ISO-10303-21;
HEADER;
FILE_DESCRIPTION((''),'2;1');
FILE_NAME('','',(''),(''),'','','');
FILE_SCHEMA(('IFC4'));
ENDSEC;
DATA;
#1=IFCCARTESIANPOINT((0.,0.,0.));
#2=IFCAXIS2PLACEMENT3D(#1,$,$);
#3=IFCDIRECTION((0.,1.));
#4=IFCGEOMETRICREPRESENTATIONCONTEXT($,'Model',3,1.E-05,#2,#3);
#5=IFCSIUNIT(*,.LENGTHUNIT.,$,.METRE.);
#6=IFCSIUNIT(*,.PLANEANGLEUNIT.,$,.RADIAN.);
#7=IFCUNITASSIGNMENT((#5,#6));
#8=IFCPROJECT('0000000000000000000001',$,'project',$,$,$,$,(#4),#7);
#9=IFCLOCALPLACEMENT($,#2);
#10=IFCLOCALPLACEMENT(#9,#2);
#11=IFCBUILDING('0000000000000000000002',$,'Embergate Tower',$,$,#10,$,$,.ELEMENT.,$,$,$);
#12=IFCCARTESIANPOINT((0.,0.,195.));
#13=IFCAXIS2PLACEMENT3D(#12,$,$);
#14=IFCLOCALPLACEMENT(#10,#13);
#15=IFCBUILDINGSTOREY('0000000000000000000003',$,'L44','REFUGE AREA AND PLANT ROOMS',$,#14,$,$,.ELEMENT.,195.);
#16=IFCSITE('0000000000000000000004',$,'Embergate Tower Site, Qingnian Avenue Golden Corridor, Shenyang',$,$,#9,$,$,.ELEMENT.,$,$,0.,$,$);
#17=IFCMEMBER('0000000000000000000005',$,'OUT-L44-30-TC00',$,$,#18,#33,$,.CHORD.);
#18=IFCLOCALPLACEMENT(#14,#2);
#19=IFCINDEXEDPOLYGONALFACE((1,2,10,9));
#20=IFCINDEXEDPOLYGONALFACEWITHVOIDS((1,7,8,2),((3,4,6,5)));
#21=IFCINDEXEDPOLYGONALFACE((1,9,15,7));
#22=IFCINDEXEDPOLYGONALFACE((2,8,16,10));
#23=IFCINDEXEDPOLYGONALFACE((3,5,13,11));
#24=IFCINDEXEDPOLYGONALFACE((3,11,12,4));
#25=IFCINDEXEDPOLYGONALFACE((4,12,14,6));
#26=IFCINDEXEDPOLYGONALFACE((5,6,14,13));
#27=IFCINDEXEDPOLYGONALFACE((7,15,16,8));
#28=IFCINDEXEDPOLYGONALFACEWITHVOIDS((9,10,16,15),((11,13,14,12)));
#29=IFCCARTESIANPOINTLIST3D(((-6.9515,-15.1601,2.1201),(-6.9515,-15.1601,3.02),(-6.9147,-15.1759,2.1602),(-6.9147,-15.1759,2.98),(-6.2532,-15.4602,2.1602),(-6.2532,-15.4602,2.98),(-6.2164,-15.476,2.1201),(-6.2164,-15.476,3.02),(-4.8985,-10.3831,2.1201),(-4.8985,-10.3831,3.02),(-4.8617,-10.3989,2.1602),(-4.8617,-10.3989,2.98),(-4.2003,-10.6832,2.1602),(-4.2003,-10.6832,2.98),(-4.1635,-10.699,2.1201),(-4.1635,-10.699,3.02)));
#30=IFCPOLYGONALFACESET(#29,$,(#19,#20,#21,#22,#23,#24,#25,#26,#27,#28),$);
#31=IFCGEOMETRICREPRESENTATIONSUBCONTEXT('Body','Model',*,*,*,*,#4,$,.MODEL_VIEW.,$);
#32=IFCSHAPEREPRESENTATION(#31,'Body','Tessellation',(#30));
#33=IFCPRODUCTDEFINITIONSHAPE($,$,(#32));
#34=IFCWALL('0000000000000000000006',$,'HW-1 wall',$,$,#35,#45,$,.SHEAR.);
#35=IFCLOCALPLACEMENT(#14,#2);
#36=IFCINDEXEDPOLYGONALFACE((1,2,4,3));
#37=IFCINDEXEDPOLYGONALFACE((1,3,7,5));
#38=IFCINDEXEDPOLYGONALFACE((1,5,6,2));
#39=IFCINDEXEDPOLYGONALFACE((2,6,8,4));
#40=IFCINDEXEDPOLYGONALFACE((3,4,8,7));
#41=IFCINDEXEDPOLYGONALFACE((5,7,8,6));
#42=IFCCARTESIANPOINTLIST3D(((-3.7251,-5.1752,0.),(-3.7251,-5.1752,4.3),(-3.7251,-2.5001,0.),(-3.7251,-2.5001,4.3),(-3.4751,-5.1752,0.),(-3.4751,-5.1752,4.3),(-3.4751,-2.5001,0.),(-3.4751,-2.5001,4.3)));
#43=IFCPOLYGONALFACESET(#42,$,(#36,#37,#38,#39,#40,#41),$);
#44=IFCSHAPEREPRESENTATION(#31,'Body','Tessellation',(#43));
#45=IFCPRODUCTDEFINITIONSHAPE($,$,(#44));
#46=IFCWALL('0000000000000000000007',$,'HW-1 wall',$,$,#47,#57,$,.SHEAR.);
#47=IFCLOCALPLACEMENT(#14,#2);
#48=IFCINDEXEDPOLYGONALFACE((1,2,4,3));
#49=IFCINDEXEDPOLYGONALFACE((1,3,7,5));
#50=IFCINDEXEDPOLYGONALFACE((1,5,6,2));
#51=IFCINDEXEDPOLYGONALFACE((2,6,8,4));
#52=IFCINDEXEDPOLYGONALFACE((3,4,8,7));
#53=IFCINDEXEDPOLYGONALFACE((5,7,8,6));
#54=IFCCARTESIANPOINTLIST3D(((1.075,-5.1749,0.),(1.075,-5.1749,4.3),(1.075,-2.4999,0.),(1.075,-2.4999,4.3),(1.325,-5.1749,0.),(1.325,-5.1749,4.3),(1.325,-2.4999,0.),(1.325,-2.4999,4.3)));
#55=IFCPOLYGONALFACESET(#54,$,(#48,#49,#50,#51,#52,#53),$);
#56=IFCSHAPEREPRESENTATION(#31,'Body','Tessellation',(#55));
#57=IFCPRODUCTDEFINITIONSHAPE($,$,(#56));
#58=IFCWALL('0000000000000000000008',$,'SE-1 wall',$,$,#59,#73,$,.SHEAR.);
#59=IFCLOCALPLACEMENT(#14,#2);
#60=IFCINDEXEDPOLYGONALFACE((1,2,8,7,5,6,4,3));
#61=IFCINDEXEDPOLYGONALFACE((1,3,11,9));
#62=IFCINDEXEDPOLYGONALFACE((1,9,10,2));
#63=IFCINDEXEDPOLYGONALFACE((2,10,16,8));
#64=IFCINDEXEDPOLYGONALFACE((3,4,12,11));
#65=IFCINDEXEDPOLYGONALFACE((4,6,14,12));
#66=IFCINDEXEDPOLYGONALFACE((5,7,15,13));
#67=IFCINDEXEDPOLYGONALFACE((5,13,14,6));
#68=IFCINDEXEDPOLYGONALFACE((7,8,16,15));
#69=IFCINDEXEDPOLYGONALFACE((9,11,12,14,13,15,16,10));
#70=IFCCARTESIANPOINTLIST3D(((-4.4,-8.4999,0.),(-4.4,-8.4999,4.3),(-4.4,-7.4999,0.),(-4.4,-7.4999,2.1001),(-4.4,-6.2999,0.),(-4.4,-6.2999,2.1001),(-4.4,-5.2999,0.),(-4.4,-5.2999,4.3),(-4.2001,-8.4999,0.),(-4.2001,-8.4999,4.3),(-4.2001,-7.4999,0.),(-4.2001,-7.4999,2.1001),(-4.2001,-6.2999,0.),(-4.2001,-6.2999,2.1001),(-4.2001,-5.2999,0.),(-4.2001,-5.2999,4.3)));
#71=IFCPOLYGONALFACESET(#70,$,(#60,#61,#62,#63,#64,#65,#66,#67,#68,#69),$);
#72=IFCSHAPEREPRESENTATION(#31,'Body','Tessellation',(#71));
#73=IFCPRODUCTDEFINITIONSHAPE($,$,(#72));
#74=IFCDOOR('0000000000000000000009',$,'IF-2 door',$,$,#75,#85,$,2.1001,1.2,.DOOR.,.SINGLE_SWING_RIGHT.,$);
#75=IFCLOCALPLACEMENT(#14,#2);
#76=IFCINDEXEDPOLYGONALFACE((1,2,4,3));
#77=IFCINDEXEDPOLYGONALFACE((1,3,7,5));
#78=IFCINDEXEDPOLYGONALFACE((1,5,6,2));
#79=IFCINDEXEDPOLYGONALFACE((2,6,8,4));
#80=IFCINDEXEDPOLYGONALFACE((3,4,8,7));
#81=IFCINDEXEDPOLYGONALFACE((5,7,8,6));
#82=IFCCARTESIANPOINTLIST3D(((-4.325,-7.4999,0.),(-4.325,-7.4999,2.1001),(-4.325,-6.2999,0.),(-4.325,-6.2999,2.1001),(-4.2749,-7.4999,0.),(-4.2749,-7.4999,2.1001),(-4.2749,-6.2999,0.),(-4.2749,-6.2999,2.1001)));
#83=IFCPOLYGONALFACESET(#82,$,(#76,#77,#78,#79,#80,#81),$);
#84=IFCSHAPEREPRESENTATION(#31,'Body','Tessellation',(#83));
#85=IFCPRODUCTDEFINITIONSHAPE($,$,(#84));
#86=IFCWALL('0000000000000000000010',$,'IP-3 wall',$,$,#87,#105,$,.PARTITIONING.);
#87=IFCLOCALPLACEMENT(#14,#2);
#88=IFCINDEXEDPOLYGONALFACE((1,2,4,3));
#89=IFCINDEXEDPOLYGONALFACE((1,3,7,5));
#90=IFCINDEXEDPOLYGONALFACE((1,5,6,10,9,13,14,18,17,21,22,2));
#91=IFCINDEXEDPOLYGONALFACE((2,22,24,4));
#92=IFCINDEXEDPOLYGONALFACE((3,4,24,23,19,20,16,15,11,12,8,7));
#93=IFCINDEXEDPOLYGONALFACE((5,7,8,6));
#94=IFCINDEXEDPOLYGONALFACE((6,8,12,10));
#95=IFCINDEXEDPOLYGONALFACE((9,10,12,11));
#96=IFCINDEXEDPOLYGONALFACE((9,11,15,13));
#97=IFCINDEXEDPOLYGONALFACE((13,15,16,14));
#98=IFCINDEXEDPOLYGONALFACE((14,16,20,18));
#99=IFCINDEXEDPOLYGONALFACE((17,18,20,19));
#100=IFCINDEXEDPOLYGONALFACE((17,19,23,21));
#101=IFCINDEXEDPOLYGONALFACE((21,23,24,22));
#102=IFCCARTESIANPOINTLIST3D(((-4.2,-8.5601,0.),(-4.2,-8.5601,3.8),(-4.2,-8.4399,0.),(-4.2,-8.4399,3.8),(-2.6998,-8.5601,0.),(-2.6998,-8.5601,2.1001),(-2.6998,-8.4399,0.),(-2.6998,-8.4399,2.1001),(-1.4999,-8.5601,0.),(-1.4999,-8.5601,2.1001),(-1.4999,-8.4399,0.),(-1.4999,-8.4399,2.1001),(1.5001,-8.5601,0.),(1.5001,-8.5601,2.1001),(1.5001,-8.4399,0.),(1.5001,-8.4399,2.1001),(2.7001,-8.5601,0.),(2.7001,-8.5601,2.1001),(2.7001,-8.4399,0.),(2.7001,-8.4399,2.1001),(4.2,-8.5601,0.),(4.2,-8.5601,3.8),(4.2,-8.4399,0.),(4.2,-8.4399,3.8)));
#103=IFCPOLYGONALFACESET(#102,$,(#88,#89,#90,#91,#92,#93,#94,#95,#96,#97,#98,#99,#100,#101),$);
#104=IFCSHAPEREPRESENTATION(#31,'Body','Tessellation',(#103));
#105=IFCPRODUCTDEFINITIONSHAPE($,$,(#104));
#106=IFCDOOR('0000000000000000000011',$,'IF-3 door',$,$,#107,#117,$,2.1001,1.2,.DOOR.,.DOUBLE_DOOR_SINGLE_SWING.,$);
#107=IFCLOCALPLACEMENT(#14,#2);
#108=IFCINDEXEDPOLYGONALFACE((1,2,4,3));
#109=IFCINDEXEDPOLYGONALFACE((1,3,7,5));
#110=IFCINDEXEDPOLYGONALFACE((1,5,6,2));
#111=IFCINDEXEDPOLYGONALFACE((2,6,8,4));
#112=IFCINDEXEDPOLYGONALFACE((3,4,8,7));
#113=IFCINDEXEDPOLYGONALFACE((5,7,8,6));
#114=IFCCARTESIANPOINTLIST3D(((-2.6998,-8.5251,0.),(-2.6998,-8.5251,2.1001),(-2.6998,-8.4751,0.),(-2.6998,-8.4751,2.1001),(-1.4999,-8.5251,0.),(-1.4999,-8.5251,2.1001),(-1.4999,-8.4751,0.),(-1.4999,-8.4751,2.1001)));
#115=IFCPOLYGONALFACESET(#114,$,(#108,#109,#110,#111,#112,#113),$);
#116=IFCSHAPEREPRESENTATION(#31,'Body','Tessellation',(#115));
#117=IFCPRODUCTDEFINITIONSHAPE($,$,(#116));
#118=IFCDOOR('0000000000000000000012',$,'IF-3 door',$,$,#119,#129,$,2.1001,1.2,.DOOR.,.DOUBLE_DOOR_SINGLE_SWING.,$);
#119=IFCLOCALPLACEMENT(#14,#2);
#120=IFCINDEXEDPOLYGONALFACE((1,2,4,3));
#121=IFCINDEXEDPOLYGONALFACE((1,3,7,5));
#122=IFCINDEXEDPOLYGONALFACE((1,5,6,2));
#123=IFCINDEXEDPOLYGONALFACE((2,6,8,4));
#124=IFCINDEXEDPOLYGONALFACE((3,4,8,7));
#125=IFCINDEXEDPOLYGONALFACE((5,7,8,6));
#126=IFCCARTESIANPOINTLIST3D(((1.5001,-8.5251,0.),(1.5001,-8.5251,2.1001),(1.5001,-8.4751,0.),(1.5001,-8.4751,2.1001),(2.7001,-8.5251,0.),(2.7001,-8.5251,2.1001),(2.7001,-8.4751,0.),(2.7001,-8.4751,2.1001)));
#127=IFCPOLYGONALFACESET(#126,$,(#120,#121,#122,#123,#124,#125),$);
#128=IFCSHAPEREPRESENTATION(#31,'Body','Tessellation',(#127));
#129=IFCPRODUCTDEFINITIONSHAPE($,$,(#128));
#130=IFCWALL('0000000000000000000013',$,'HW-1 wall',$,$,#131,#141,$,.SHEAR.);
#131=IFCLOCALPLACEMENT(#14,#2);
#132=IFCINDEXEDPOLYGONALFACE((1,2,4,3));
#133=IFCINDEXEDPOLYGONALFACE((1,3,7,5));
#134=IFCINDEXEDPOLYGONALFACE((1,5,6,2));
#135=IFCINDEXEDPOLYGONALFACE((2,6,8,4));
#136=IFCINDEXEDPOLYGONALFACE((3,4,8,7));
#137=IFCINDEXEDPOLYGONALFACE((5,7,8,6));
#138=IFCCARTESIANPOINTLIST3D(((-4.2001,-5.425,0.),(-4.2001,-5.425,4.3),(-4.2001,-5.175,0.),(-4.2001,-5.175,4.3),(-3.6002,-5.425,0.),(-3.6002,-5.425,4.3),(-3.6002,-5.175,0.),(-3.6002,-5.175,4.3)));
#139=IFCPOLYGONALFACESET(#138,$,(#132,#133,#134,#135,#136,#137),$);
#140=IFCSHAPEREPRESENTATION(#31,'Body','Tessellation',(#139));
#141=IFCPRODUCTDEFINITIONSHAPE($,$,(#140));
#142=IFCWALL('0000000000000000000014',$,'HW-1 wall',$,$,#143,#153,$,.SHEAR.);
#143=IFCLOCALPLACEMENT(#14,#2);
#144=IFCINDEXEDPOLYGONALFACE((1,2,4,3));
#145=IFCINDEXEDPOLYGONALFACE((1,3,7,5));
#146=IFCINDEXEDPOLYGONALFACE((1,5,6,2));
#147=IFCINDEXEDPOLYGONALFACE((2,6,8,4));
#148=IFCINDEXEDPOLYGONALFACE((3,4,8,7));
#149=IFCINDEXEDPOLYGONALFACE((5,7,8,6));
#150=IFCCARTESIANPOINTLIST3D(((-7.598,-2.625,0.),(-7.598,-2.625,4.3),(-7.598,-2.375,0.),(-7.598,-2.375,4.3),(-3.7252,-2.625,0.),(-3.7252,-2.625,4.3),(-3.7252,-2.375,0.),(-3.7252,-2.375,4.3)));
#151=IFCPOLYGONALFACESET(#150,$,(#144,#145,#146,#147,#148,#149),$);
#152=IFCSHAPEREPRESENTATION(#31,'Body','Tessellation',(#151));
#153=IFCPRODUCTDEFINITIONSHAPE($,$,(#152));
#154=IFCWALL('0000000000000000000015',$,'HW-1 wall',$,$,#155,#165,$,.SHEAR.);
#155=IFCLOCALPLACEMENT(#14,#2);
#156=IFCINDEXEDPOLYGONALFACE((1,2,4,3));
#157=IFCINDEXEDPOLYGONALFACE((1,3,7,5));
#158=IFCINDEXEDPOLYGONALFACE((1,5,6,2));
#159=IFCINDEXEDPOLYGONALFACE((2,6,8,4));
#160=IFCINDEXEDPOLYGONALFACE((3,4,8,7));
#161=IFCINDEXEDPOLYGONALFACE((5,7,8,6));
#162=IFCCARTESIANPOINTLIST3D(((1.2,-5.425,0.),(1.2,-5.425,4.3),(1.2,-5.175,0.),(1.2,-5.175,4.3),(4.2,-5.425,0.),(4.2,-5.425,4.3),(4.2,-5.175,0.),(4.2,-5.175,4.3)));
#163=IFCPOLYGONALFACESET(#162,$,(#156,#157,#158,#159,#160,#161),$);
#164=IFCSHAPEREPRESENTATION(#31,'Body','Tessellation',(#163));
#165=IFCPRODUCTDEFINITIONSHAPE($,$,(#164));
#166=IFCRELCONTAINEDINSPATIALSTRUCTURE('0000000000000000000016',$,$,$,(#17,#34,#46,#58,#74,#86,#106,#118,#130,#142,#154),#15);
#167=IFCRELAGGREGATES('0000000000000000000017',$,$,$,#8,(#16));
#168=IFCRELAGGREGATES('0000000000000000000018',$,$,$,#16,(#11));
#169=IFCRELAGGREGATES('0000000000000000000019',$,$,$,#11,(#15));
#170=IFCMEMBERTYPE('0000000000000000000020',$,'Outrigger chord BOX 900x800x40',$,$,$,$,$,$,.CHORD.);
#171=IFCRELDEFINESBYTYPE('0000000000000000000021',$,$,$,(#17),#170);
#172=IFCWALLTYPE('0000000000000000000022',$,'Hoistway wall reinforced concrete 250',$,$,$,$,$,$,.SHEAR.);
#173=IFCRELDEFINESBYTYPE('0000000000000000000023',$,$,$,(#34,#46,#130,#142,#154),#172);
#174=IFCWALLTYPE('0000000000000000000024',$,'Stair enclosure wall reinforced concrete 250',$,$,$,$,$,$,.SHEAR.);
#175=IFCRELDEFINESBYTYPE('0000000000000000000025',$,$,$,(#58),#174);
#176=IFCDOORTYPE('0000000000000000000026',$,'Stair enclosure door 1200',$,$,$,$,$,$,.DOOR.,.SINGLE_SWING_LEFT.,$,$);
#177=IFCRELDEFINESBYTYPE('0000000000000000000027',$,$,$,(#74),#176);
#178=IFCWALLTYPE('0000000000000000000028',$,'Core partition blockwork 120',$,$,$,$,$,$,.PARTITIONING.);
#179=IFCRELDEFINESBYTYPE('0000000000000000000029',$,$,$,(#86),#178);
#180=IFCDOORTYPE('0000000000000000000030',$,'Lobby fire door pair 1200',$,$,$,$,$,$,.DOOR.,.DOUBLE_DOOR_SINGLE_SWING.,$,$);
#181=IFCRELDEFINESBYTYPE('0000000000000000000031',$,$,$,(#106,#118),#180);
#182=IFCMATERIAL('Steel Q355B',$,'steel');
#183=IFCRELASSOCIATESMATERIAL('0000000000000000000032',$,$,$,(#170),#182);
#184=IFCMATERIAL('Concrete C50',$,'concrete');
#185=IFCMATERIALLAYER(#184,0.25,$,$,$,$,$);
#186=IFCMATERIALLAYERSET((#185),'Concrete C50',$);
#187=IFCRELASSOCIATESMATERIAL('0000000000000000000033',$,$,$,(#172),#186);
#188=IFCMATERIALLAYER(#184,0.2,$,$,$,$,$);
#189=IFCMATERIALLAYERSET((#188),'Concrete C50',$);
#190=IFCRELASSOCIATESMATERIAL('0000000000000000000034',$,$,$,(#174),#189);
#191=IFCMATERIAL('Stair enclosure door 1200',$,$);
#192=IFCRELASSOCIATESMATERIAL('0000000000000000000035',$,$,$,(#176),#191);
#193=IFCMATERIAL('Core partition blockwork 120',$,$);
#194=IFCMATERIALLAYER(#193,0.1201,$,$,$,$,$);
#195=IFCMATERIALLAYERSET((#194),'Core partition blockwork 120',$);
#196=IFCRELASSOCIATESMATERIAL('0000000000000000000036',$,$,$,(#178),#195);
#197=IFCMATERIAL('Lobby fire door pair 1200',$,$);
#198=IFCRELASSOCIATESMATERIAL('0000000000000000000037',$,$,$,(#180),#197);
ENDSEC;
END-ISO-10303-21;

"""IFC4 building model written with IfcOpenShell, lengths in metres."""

from ifc_helpers import new_model, si_unit, direction, frame, frame_2d, origin, origin_2d, place, context, subcontext, project, spatial, rectangle, hollow_rectangle, extrude, source, transform, mapped, material, layer, layer_set, material_profile, profile_set, type_object, element, fill, save


model = new_model("IFC4")

# Units and contexts
model_context = context("Model", 3, precision=1e-05, world=origin(), true_north=direction((0.0, 1.0)))
body_context = subcontext(model_context, "Body", "Model", "MODEL_VIEW")
ifc_project = project(units=[si_unit("LENGTHUNIT", "METRE"), si_unit("PLANEANGLEUNIT", "RADIAN")], contexts=[model_context])

# Site, building, storey
site_placement = place(None, origin())
site = spatial("IfcSite", under=ifc_project, at=site_placement, Name="Embergate Tower Site, Qingnian Avenue Golden Corridor, Shenyang", CompositionType="ELEMENT", RefElevation=0.0)
building_placement = place(site_placement, origin())
building = spatial("IfcBuilding", under=site, at=building_placement, Name="Embergate Tower", CompositionType="ELEMENT")
storey_placement = place(building_placement, frame((0.0, 0.0, 195.0)))
storey = spatial("IfcBuildingStorey", under=building, at=storey_placement, Name="L44", Description="REFUGE AREA AND PLANT ROOMS", CompositionType="ELEMENT", Elevation=195.0)

# Member
ifc_material_1 = material(Name="Steel Q355B", Category="steel")
ifc_material_profile = material_profile(ifc_material_1, hollow_rectangle(XDim=0.8, YDim=0.8999, WallThickness=0.04, at=origin_2d()), Name="BOX 900x800x40")
ifc_profile_set = profile_set([ifc_material_profile], Name="Steel Q355 grade B")
member_type = type_object("IfcMemberType", Name="Outrigger chord BOX 900x800x40", PredefinedType="CHORD", material=ifc_profile_set)
shared_shape_1 = source(origin(), body_context, "Body", "SweptSolid", [
    extrude(hollow_rectangle(XDim=0.8, YDim=0.8999, WallThickness=0.04, at=origin_2d()), origin(), (0.0, 0.0, 1.0), 5.1995),
])
member_placement = place(storey_placement, frame((-4.531, -10.541, 2.5701), z_axis=(-0.394837, -0.918751, 0.0), x_axis=(0.918751, -0.394837, 0.0)))
element("IfcMember", 1, at=member_placement, inside=storey, type_object=member_type, Name="OUT-L44-30-TC00", PredefinedType="CHORD", context=body_context, shape_type="MappedRepresentation", body=[
    mapped(shared_shape_1, transform((0.0, 0.0, 0.0))),
])

# Walls
ifc_material_2 = material(Name="Concrete C50", Category="concrete")
ifc_layer_1 = layer(ifc_material_2, 0.25)
ifc_layer_set_1 = layer_set([ifc_layer_1], Name="Concrete C50")
wall_type_1 = type_object("IfcWallType", Name="Hoistway wall reinforced concrete 250", PredefinedType="SHEAR", material=ifc_layer_set_1)
shared_shape_2 = source(origin(), body_context, "Body", "SweptSolid", [
    extrude(rectangle(XDim=2.675, YDim=0.25, at=frame_2d((1.3374, 0.0))), origin(), (0.0, 0.0, 1.0), 4.3),
])
for number, where, z_axis, x_axis, name in (
    (2, (-3.6001, -5.175, 0.0), (0.0, 0.0, 1.0), (0.0, 1.0, 0.0), "HW-1 wall"),
    (3, (1.2, -2.5, 0.0), (0.0, 0.0, 1.0), (0.0, -1.0, 0.0), "HW-1 wall"),
):
    element("IfcWall", number, at=place(storey_placement, frame(where, z_axis=z_axis, x_axis=x_axis)), inside=storey, type_object=wall_type_1, Name=name, PredefinedType="SHEAR", context=body_context, shape_type="MappedRepresentation", body=[
        mapped(shared_shape_2, transform((0.0, 0.0, 0.0))),
    ])

# Wall, opening, door
ifc_layer_2 = layer(ifc_material_2, 0.2)
ifc_layer_set_2 = layer_set([ifc_layer_2], Name="Concrete C50")
wall_type_2 = type_object("IfcWallType", Name="Stair enclosure wall reinforced concrete 250", PredefinedType="SHEAR", material=ifc_layer_set_2)
shared_shape_3 = source(origin(), body_context, "Body", "SweptSolid", [
    extrude(rectangle(XDim=3.2, YDim=0.2, at=frame_2d((1.6001, 0.0))), origin(), (0.0, 0.0, 1.0), 4.3),
])
wall_1_placement = place(storey_placement, frame((-4.3, -8.5, 0.0), z_axis=(0.0, 0.0, 1.0), x_axis=(0.0, 1.0, 0.0)))
wall_1 = element("IfcWall", 4, at=wall_1_placement, inside=storey, type_object=wall_type_2, Name="SE-1 wall", PredefinedType="SHEAR", context=body_context, shape_type="MappedRepresentation", body=[
    mapped(shared_shape_3, transform((0.0, 0.0, 0.0))),
])
shared_shape_4 = source(origin(), body_context, "Body", "SweptSolid", [
    extrude(rectangle(XDim=1.2, YDim=2.1001, at=frame_2d((0.6001, 1.05))), frame((0.0, 0.1099, 0.0), z_axis=(0.0, -1.0, 0.0), x_axis=(1.0, 0.0, 0.0)), (0.0, 0.0, 1.0), 0.22),
])
opening_1_placement = place(wall_1_placement, frame((1.0, 0.0, 0.0)))
opening_1 = element("IfcOpeningElement", 5, at=opening_1_placement, cuts=wall_1, PredefinedType="OPENING", context=body_context, shape_type="MappedRepresentation", body=[
    mapped(shared_shape_4, transform((0.0, 0.0, 0.0))),
])
ifc_material_3 = material(Name="Stair enclosure door 1200")
door_type_1 = type_object("IfcDoorType", Name="Stair enclosure door 1200", OperationType="SINGLE_SWING_LEFT", PredefinedType="DOOR", material=ifc_material_3)
shared_shape_5 = source(origin(), body_context, "Body", "SweptSolid", [
    extrude(rectangle(XDim=1.2, YDim=2.1001, at=frame_2d((0.6001, 1.05))), frame((0.0, 0.0249, 0.0), z_axis=(0.0, -1.0, 0.0), x_axis=(1.0, 0.0, 0.0)), (0.0, 0.0, 1.0), 0.05),
])
door_1_placement = place(opening_1_placement, origin())
door_1 = element("IfcDoor", 6, at=door_1_placement, inside=storey, type_object=door_type_1, Name="IF-2 door", OperationType="SINGLE_SWING_RIGHT", OverallHeight=2.1001, OverallWidth=1.2, PredefinedType="DOOR", context=body_context, shape_type="MappedRepresentation", body=[
    mapped(shared_shape_5, transform((0.0, 0.0, 0.0))),
])
fill(opening_1, door_1)

# Wall, openings, doors
ifc_material_4 = material(Name="Core partition blockwork 120")
ifc_layer_3 = layer(ifc_material_4, 0.1201)
ifc_layer_set_3 = layer_set([ifc_layer_3], Name="Core partition blockwork 120")
wall_type_3 = type_object("IfcWallType", Name="Core partition blockwork 120", PredefinedType="PARTITIONING", material=ifc_layer_set_3)
shared_shape_6 = source(origin(), body_context, "Body", "SweptSolid", [
    extrude(rectangle(XDim=8.3999, YDim=0.1201, at=frame_2d((4.2, 0.0))), origin(), (0.0, 0.0, 1.0), 3.8),
])
wall_2_placement = place(storey_placement, frame((-4.2, -8.5, 0.0), z_axis=(0.0, 0.0, 1.0), x_axis=(1.0, 0.0, 0.0)))
wall_2 = element("IfcWall", 7, at=wall_2_placement, inside=storey, type_object=wall_type_3, Name="IP-3 wall", PredefinedType="PARTITIONING", context=body_context, shape_type="MappedRepresentation", body=[
    mapped(shared_shape_6, transform((0.0, 0.0, 0.0))),
])
shared_shape_7 = source(origin(), body_context, "Body", "SweptSolid", [
    extrude(rectangle(XDim=1.2, YDim=2.1001, at=frame_2d((0.6001, 1.05))), frame((0.0, 0.0701, 0.0), z_axis=(0.0, -1.0, 0.0), x_axis=(1.0, 0.0, 0.0)), (0.0, 0.0, 1.0), 0.1401),
])
opening_2_placement = place(wall_2_placement, frame((1.5, 0.0, 0.0)))
opening_2 = element("IfcOpeningElement", 8, at=opening_2_placement, cuts=wall_2, PredefinedType="OPENING", context=body_context, shape_type="MappedRepresentation", body=[
    mapped(shared_shape_7, transform((0.0, 0.0, 0.0))),
])
opening_3_placement = place(wall_2_placement, frame((5.7, 0.0, 0.0)))
opening_3 = element("IfcOpeningElement", 9, at=opening_3_placement, cuts=wall_2, PredefinedType="OPENING", context=body_context, shape_type="MappedRepresentation", body=[
    mapped(shared_shape_7, transform((0.0, 0.0, 0.0))),
])
ifc_material_5 = material(Name="Lobby fire door pair 1200")
door_type_2 = type_object("IfcDoorType", Name="Lobby fire door pair 1200", OperationType="DOUBLE_DOOR_SINGLE_SWING", PredefinedType="DOOR", material=ifc_material_5)
door_2_placement = place(opening_2_placement, origin())
door_2 = element("IfcDoor", 10, at=door_2_placement, inside=storey, type_object=door_type_2, Name="IF-3 door", OperationType="DOUBLE_DOOR_SINGLE_SWING", OverallHeight=2.1001, OverallWidth=1.2, PredefinedType="DOOR", context=body_context, shape_type="MappedRepresentation", body=[
    mapped(shared_shape_5, transform((0.0, 0.0, 0.0))),
])
fill(opening_2, door_2)
door_3_placement = place(opening_3_placement, origin())
door_3 = element("IfcDoor", 11, at=door_3_placement, inside=storey, type_object=door_type_2, Name="IF-3 door", OperationType="DOUBLE_DOOR_SINGLE_SWING", OverallHeight=2.1001, OverallWidth=1.2, PredefinedType="DOOR", context=body_context, shape_type="MappedRepresentation", body=[
    mapped(shared_shape_5, transform((0.0, 0.0, 0.0))),
])
fill(opening_3, door_3)

# Walls
shared_shape_8 = source(origin(), body_context, "Body", "SweptSolid", [
    extrude(rectangle(XDim=0.5999, YDim=0.25, at=frame_2d((0.2998, 0.0))), origin(), (0.0, 0.0, 1.0), 4.3),
])
wall_3_placement = place(storey_placement, frame((-4.2, -5.3, 0.0), z_axis=(0.0, 0.0, 1.0), x_axis=(1.0, 0.0, 0.0)))
element("IfcWall", 12, at=wall_3_placement, inside=storey, type_object=wall_type_1, Name="HW-1 wall", PredefinedType="SHEAR", context=body_context, shape_type="MappedRepresentation", body=[
    mapped(shared_shape_8, transform((0.0, 0.0, 0.0))),
])
shared_shape_9 = source(origin(), body_context, "Body", "SweptSolid", [
    extrude(rectangle(XDim=3.8728, YDim=0.25, at=frame_2d((1.9365, 0.0))), origin(), (0.0, 0.0, 1.0), 4.3),
])
wall_4_placement = place(storey_placement, frame((-3.7251, -2.5, 0.0), z_axis=(0.0, 0.0, 1.0), x_axis=(-1.0, 0.0, 0.0)))
element("IfcWall", 13, at=wall_4_placement, inside=storey, type_object=wall_type_1, Name="HW-1 wall", PredefinedType="SHEAR", context=body_context, shape_type="MappedRepresentation", body=[
    mapped(shared_shape_9, transform((0.0, 0.0, 0.0))),
])
shared_shape_10 = source(origin(), body_context, "Body", "SweptSolid", [
    extrude(rectangle(XDim=3.0, YDim=0.25, at=frame_2d((1.5, 0.0))), origin(), (0.0, 0.0, 1.0), 4.3),
])
wall_5_placement = place(storey_placement, frame((1.2, -5.3, 0.0), z_axis=(0.0, 0.0, 1.0), x_axis=(1.0, 0.0, 0.0)))
element("IfcWall", 14, at=wall_5_placement, inside=storey, type_object=wall_type_1, Name="HW-1 wall", PredefinedType="SHEAR", context=body_context, shape_type="MappedRepresentation", body=[
    mapped(shared_shape_10, transform((0.0, 0.0, 0.0))),
])

save(model, "model.ifc")
